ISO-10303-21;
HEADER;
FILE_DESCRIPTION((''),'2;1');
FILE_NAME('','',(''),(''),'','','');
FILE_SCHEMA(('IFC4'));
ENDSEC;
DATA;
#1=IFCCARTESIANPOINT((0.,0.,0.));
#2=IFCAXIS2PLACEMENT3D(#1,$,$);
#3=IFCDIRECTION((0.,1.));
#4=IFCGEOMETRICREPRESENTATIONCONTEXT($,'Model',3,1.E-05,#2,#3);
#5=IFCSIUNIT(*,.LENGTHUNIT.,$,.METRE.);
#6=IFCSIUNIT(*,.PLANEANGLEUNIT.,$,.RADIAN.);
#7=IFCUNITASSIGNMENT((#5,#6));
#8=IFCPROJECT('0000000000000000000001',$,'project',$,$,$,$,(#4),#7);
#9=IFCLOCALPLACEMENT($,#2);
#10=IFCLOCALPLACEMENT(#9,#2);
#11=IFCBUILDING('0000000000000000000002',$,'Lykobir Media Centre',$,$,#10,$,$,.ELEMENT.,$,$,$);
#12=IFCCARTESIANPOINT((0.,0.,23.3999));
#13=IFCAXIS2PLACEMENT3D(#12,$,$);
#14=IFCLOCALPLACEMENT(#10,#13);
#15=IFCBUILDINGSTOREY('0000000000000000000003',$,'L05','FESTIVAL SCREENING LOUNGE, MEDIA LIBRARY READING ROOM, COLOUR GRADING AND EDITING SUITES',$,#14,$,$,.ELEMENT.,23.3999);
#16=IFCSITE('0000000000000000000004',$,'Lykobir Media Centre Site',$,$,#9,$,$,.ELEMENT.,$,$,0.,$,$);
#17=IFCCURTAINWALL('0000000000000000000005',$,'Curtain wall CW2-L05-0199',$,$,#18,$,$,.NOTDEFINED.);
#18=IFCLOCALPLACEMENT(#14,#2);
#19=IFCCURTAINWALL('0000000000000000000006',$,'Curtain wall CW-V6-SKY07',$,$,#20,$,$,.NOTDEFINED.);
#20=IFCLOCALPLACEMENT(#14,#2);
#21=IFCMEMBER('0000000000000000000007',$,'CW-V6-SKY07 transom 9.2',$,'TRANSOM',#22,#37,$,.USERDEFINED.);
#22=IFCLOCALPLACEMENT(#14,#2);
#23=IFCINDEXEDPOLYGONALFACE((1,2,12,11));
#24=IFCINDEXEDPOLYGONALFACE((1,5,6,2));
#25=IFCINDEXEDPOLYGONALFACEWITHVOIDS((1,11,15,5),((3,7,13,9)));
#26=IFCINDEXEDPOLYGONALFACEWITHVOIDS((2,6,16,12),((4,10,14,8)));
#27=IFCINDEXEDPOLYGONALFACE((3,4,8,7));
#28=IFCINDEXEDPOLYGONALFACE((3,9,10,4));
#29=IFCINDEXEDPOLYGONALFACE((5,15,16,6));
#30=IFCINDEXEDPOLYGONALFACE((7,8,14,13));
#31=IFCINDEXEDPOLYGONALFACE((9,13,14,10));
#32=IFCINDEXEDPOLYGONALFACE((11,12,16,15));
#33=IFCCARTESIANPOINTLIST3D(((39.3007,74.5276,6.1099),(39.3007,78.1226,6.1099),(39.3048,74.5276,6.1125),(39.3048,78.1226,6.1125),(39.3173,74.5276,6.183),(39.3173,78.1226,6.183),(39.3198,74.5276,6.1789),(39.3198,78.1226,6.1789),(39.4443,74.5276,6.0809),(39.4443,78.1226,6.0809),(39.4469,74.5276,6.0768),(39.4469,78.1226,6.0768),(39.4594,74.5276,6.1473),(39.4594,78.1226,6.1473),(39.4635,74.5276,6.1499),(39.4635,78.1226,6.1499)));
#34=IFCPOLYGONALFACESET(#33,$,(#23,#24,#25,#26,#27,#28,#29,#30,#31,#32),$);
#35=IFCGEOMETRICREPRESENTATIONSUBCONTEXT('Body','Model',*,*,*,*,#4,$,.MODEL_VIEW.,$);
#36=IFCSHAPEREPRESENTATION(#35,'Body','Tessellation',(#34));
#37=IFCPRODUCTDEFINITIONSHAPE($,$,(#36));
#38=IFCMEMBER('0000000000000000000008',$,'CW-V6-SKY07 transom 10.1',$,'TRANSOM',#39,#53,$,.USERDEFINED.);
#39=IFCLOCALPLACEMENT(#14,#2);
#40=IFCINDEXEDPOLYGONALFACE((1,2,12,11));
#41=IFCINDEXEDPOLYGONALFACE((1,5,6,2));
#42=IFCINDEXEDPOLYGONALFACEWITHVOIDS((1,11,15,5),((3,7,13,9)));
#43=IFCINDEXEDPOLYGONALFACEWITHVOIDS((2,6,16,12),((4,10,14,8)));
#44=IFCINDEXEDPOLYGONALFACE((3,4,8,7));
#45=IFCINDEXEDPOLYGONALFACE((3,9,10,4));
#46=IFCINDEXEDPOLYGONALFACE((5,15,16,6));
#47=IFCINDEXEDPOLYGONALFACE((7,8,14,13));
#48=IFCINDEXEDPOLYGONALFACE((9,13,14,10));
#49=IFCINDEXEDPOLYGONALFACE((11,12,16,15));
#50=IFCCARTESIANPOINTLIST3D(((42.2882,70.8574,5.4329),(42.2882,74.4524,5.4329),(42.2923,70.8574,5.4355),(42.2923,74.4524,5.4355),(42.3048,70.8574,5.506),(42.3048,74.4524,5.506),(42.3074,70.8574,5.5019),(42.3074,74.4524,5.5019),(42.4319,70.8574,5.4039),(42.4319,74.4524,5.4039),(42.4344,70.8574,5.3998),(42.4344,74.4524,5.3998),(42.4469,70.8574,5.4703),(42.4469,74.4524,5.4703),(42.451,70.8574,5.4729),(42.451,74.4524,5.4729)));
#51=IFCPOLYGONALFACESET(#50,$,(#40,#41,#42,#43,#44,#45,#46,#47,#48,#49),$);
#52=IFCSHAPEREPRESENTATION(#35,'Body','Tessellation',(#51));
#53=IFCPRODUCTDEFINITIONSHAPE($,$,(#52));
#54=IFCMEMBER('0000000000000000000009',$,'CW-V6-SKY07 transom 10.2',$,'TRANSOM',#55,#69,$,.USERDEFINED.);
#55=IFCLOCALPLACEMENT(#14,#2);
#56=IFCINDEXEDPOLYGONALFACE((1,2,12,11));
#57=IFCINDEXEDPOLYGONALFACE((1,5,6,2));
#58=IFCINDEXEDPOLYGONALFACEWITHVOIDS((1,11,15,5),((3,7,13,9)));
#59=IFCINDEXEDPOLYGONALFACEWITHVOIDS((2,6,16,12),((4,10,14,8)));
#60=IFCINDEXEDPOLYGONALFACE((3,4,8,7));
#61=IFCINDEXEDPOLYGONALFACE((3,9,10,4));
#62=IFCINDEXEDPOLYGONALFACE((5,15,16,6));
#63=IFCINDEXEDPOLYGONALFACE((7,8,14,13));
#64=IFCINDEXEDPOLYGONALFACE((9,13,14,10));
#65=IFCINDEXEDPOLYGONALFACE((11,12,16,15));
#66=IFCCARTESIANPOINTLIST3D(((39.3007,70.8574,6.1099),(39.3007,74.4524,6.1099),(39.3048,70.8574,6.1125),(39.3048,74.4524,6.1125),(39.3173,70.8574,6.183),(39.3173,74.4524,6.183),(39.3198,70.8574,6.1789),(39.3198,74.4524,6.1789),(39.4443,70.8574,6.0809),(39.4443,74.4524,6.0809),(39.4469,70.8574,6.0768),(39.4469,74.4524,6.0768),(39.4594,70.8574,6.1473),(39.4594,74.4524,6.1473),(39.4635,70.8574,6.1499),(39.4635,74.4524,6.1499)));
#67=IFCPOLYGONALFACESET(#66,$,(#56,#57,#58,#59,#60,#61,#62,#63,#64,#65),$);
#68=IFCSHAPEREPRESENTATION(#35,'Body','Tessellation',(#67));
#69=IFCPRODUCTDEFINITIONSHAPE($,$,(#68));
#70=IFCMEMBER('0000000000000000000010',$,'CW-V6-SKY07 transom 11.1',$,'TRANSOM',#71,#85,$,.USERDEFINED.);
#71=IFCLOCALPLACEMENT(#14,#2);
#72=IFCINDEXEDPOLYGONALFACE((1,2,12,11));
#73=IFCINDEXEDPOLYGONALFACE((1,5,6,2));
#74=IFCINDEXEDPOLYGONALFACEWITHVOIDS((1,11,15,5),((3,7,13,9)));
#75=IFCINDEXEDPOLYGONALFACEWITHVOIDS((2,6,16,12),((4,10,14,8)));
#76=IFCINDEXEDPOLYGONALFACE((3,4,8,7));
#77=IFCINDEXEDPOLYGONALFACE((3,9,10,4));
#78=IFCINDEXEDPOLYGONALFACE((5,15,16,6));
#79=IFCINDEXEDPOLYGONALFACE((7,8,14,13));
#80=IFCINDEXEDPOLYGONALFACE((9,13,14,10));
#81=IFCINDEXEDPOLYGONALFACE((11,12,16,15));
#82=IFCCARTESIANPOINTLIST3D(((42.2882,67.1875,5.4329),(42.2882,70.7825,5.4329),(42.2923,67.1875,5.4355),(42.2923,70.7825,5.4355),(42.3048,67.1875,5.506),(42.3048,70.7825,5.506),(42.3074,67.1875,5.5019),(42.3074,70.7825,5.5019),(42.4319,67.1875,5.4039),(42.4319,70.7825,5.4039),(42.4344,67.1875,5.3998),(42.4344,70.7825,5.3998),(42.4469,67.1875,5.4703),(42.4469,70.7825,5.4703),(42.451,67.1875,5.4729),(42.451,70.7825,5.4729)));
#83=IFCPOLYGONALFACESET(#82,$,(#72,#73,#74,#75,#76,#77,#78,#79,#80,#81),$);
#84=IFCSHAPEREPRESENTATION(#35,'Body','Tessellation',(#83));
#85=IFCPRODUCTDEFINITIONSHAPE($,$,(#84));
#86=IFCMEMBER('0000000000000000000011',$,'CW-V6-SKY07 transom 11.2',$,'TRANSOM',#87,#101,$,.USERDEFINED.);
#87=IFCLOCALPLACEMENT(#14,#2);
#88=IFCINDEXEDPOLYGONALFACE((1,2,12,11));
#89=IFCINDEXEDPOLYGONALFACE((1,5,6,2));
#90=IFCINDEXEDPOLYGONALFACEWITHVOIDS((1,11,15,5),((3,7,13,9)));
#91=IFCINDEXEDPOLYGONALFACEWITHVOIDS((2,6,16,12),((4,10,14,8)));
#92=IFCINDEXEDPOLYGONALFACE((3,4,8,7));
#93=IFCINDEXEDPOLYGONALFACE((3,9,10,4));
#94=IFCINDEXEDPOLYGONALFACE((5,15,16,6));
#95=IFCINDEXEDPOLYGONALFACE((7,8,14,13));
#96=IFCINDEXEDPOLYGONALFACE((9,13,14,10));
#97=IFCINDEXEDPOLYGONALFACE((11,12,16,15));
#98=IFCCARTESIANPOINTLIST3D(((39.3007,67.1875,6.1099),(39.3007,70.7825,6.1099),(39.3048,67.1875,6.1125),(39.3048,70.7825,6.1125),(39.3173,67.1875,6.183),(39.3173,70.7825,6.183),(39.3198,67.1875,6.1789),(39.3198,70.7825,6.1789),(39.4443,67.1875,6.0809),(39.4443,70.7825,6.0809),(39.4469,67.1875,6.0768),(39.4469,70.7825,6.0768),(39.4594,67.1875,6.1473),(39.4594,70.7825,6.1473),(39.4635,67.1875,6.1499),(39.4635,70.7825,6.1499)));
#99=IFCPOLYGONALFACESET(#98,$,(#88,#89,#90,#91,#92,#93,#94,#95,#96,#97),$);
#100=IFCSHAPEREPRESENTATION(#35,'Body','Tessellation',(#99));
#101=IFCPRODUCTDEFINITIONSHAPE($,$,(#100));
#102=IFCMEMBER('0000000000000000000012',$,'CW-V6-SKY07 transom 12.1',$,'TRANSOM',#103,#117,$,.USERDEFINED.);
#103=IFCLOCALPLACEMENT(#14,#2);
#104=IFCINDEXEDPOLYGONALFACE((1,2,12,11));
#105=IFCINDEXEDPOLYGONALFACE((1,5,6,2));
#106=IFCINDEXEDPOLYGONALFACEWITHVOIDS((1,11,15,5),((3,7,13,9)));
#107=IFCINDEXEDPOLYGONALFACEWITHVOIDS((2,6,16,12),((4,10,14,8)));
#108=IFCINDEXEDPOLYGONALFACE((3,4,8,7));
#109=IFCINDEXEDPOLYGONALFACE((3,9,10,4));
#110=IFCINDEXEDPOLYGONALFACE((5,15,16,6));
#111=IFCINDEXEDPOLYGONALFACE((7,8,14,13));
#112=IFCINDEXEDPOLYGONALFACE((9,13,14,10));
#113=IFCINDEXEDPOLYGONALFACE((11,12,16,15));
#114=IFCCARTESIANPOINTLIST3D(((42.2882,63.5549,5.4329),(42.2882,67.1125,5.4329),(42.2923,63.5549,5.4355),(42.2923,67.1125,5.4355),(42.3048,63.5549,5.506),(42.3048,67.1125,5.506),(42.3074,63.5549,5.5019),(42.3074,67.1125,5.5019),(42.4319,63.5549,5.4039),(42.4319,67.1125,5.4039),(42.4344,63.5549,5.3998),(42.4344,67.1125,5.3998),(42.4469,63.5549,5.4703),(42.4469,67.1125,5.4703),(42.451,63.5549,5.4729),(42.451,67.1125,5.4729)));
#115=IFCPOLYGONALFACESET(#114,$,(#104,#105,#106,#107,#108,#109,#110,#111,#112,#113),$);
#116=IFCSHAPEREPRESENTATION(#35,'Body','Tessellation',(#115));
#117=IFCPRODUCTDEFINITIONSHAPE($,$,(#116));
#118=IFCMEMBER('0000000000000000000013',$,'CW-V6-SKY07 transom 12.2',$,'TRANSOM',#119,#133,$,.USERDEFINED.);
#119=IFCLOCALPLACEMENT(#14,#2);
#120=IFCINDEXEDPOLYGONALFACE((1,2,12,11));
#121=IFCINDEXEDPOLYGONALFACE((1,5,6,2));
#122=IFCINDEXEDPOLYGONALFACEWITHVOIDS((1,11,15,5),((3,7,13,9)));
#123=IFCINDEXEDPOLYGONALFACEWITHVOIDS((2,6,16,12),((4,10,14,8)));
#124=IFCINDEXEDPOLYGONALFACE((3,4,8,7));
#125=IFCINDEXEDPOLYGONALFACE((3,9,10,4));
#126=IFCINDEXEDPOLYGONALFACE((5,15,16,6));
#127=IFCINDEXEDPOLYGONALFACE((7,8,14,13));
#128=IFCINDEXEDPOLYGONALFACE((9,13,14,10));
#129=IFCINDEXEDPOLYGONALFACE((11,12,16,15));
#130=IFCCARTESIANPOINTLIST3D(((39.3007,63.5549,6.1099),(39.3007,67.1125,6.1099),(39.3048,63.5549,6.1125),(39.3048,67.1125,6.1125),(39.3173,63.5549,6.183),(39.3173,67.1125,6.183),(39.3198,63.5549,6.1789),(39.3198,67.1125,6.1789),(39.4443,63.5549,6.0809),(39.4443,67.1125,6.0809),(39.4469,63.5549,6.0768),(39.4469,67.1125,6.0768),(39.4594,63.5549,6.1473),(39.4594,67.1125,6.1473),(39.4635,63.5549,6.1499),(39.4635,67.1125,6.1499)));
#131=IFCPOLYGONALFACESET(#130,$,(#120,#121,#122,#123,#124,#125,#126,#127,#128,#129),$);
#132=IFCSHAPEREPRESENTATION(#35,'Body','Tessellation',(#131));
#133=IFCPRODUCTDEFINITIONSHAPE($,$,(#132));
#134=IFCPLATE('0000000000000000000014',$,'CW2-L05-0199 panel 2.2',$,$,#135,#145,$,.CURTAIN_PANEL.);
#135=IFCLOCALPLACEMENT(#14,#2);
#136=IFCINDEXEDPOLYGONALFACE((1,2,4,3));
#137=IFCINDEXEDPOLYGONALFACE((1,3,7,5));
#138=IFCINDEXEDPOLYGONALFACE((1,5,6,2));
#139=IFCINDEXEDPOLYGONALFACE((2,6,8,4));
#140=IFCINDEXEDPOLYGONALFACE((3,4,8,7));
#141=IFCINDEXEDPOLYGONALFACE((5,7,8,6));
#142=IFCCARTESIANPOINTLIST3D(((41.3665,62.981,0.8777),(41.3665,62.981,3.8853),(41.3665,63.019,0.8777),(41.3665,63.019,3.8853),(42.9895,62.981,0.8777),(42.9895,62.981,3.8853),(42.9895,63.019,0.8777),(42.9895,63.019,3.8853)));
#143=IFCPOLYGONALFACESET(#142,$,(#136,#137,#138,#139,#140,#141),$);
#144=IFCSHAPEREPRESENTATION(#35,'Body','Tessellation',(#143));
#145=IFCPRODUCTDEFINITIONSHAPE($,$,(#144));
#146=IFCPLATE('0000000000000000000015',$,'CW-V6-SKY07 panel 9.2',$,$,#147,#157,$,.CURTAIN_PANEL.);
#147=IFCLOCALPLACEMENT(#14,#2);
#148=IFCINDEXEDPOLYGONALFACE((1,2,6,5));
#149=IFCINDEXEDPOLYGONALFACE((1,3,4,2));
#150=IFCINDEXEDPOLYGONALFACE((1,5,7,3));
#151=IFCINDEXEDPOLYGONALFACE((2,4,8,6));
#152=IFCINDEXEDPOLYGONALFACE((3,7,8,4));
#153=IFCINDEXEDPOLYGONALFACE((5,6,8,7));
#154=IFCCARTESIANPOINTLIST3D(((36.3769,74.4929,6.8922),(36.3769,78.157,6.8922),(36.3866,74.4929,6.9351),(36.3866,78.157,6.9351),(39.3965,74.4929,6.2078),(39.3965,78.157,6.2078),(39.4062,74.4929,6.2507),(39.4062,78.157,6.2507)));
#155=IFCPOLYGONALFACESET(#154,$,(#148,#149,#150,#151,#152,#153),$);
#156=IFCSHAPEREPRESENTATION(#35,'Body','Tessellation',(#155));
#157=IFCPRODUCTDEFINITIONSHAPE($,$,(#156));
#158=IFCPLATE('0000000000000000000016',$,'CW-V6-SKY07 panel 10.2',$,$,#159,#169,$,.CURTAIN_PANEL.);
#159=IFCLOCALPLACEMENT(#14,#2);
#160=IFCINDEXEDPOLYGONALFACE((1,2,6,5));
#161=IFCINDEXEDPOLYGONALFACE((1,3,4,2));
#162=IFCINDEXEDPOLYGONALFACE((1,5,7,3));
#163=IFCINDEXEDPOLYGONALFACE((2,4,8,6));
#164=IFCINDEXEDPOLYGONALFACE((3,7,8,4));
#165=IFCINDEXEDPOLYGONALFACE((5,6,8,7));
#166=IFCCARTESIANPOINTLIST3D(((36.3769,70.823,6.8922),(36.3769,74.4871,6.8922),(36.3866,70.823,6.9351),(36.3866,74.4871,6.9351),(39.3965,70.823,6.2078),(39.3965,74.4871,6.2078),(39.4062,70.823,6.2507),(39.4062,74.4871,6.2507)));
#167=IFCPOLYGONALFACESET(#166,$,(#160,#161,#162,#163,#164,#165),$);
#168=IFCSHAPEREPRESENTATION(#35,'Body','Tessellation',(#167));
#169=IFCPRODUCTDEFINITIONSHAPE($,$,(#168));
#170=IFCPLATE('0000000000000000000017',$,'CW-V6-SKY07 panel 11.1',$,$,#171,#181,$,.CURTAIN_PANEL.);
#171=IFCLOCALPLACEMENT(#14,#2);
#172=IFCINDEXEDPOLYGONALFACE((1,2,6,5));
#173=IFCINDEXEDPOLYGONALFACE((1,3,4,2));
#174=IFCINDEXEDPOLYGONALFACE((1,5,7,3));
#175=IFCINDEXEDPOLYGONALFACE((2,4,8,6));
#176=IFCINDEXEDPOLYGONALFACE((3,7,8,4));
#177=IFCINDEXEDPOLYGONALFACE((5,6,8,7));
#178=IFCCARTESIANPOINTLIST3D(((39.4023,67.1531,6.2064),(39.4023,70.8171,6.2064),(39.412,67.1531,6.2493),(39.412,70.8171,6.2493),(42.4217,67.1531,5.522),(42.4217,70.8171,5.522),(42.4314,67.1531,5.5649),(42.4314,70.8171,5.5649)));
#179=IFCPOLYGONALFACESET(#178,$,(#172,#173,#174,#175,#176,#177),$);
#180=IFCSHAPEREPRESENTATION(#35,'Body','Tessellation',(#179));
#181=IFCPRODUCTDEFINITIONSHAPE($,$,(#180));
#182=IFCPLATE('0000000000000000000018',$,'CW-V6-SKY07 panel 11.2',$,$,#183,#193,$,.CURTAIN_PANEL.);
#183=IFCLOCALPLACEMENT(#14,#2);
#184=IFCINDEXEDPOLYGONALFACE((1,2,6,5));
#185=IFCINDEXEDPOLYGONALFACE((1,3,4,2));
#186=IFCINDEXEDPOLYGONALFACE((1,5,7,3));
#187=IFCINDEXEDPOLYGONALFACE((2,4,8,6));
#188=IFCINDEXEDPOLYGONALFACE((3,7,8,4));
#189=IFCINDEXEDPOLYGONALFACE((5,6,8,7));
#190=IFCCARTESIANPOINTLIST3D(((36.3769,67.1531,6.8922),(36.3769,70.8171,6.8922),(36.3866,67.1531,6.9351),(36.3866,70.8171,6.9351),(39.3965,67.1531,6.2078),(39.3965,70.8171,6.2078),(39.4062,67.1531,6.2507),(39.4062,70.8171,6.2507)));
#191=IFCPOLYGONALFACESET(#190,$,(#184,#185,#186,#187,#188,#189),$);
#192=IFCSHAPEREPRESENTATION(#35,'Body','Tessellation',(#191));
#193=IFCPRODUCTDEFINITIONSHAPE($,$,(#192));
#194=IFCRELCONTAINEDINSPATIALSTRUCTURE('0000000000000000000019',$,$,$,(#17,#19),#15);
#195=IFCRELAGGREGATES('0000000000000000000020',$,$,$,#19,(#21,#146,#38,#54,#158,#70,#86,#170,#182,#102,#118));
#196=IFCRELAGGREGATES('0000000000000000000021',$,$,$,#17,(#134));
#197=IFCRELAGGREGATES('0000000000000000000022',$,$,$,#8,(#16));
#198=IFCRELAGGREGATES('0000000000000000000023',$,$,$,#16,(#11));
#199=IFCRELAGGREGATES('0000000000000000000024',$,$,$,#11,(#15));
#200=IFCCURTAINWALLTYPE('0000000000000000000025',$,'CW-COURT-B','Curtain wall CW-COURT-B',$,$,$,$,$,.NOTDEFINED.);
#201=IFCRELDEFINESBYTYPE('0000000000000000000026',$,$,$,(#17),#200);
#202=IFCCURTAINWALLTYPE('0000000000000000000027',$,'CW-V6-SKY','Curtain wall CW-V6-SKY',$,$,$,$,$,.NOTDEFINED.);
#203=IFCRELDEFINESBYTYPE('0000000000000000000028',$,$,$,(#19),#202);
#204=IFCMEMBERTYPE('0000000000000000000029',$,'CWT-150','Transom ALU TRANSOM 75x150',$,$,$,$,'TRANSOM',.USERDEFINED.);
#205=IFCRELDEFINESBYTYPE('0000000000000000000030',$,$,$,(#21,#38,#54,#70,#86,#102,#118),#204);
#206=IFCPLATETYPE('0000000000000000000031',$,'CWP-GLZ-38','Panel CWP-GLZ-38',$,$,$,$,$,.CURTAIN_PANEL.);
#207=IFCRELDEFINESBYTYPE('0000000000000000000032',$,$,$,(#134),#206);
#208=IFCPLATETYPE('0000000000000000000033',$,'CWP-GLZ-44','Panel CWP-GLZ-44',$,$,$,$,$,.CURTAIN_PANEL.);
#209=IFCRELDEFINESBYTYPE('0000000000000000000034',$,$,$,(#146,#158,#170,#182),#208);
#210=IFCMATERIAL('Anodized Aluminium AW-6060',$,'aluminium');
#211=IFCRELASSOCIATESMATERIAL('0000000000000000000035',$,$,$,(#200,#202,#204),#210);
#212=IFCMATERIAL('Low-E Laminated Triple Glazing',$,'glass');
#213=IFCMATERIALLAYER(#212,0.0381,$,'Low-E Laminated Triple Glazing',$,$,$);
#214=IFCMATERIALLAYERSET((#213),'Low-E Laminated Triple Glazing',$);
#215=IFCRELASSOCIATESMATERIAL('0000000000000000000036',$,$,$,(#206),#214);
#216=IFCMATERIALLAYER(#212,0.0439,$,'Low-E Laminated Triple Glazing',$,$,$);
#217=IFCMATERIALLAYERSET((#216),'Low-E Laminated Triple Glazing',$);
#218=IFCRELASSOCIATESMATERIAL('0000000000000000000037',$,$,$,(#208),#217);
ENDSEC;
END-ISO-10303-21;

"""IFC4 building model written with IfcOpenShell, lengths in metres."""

from ifc_helpers import new_model, si_unit, direction, frame, origin, origin_2d, place, context, subcontext, project, spatial, rectangle, hollow_rectangle, extrude, material, layer, layer_set, material_profile, profile_set, type_object, element, aggregate, save


model = new_model("IFC4")

# Units and contexts
model_context = context("Model", 3, precision=1e-05, world=origin(), true_north=direction((0.0, 1.0)))
body_context = subcontext(model_context, "Body", "Model", "MODEL_VIEW")
ifc_project = project(units=[si_unit("LENGTHUNIT", "METRE"), si_unit("PLANEANGLEUNIT", "RADIAN")], contexts=[model_context])

# Site, building, storey
site_placement = place(None, origin())
site = spatial("IfcSite", under=ifc_project, at=site_placement, Name="Lykobir Media Centre Site", CompositionType="ELEMENT", RefElevation=0.0)
building_placement = place(site_placement, origin())
building = spatial("IfcBuilding", under=site, at=building_placement, Name="Lykobir Media Centre", CompositionType="ELEMENT")
storey_placement = place(building_placement, frame((0.0, 0.0, 23.3999)))
storey = spatial("IfcBuildingStorey", under=building, at=storey_placement, Name="L05", Description="FESTIVAL SCREENING LOUNGE, MEDIA LIBRARY READING ROOM, COLOUR GRADING AND EDITING SUITES", CompositionType="ELEMENT", Elevation=23.3999)

# Curtain walls, members
ifc_material_1 = material(Name="Anodized Aluminium AW-6060", Category="aluminium")
curtain_wall_type_1 = type_object("IfcCurtainWallType", Name="CW-COURT-B", Description="Curtain wall CW-COURT-B", PredefinedType="NOTDEFINED", material=ifc_material_1)
curtain_wall_1_placement = place(storey_placement, origin())
curtain_wall_1 = element("IfcCurtainWall", 1, at=curtain_wall_1_placement, inside=storey, type_object=curtain_wall_type_1, Name="Curtain wall CW2-L05-0199", PredefinedType="NOTDEFINED")
curtain_wall_type_2 = type_object("IfcCurtainWallType", Name="CW-V6-SKY", Description="Curtain wall CW-V6-SKY", PredefinedType="NOTDEFINED", material=ifc_material_1)
curtain_wall_2_placement = place(storey_placement, origin())
curtain_wall_2 = element("IfcCurtainWall", 2, at=curtain_wall_2_placement, inside=storey, type_object=curtain_wall_type_2, Name="Curtain wall CW-V6-SKY07", PredefinedType="NOTDEFINED")
ifc_material_profile_1 = material_profile(ifc_material_1, hollow_rectangle(XDim=0.075, YDim=0.1499, WallThickness=0.0034, at=origin_2d()), Name="ALU TRANSOM 75x150")
ifc_profile_set_1 = profile_set([ifc_material_profile_1], Name="Anodized Aluminium AW-6060")
member_type_1 = type_object("IfcMemberType", Name="CWT-150", Description="Transom ALU TRANSOM 75x150", ElementType="TRANSOM", PredefinedType="USERDEFINED", material=ifc_profile_set_1)
member_1_placement = place(storey_placement, frame((39.3821, 78.1226, 6.1299), z_axis=(0.0, -1.0, 0.0), x_axis=(0.221055, 0.0, 0.975261)))
member_1 = element("IfcMember", 3, at=member_1_placement, type_object=member_type_1, Name="CW-V6-SKY07 transom 9.2", ObjectType="TRANSOM", PredefinedType="USERDEFINED", context=body_context, shape_type="SweptSolid", body=[
    extrude(hollow_rectangle(XDim=0.075, YDim=0.1499, WallThickness=0.0034, at=origin_2d()), origin(), (0.0, 0.0, 1.0), 3.595),
])
member_2_placement = place(storey_placement, frame((42.3696, 74.4524, 5.4529), z_axis=(0.0, -1.0, 0.0), x_axis=(0.221055, 0.0, 0.975261)))
member_2 = element("IfcMember", 4, at=member_2_placement, type_object=member_type_1, Name="CW-V6-SKY07 transom 10.1", ObjectType="TRANSOM", PredefinedType="USERDEFINED", context=body_context, shape_type="SweptSolid", body=[
    extrude(hollow_rectangle(XDim=0.075, YDim=0.1499, WallThickness=0.0034, at=origin_2d()), origin(), (0.0, 0.0, 1.0), 3.595),
])
member_3_placement = place(storey_placement, frame((39.3821, 74.4524, 6.1299), z_axis=(0.0, -1.0, 0.0), x_axis=(0.221055, 0.0, 0.975261)))
member_3 = element("IfcMember", 5, at=member_3_placement, type_object=member_type_1, Name="CW-V6-SKY07 transom 10.2", ObjectType="TRANSOM", PredefinedType="USERDEFINED", context=body_context, shape_type="SweptSolid", body=[
    extrude(hollow_rectangle(XDim=0.075, YDim=0.1499, WallThickness=0.0034, at=origin_2d()), origin(), (0.0, 0.0, 1.0), 3.595),
])
member_4_placement = place(storey_placement, frame((42.3696, 70.7825, 5.4529), z_axis=(0.0, -1.0, 0.0), x_axis=(0.221055, 0.0, 0.975261)))
member_4 = element("IfcMember", 6, at=member_4_placement, type_object=member_type_1, Name="CW-V6-SKY07 transom 11.1", ObjectType="TRANSOM", PredefinedType="USERDEFINED", context=body_context, shape_type="SweptSolid", body=[
    extrude(hollow_rectangle(XDim=0.075, YDim=0.1499, WallThickness=0.0034, at=origin_2d()), origin(), (0.0, 0.0, 1.0), 3.595),
])
member_5_placement = place(storey_placement, frame((39.3821, 70.7825, 6.1299), z_axis=(0.0, -1.0, 0.0), x_axis=(0.221055, 0.0, 0.975261)))
member_5 = element("IfcMember", 7, at=member_5_placement, type_object=member_type_1, Name="CW-V6-SKY07 transom 11.2", ObjectType="TRANSOM", PredefinedType="USERDEFINED", context=body_context, shape_type="SweptSolid", body=[
    extrude(hollow_rectangle(XDim=0.075, YDim=0.1499, WallThickness=0.0034, at=origin_2d()), origin(), (0.0, 0.0, 1.0), 3.595),
])
member_6_placement = place(storey_placement, frame((42.3696, 67.1125, 5.4529), z_axis=(0.0, -1.0, 0.0), x_axis=(0.221055, 0.0, 0.975261)))
member_6 = element("IfcMember", 8, at=member_6_placement, type_object=member_type_1, Name="CW-V6-SKY07 transom 12.1", ObjectType="TRANSOM", PredefinedType="USERDEFINED", context=body_context, shape_type="SweptSolid", body=[
    extrude(hollow_rectangle(XDim=0.075, YDim=0.1499, WallThickness=0.0034, at=origin_2d()), origin(), (0.0, 0.0, 1.0), 3.5576),
])
member_7_placement = place(storey_placement, frame((39.3821, 67.1125, 6.1299), z_axis=(0.0, -1.0, 0.0), x_axis=(0.221055, 0.0, 0.975261)))
member_7 = element("IfcMember", 9, at=member_7_placement, type_object=member_type_1, Name="CW-V6-SKY07 transom 12.2", ObjectType="TRANSOM", PredefinedType="USERDEFINED", context=body_context, shape_type="SweptSolid", body=[
    extrude(hollow_rectangle(XDim=0.075, YDim=0.1499, WallThickness=0.0034, at=origin_2d()), origin(), (0.0, 0.0, 1.0), 3.5576),
])

# Plates
ifc_material_2 = material(Name="Low-E Laminated Triple Glazing", Category="glass")
ifc_layer_1 = layer(ifc_material_2, 0.0381, Name="Low-E Laminated Triple Glazing")
ifc_layer_set_1 = layer_set([ifc_layer_1], Name="Low-E Laminated Triple Glazing")
plate_type_1 = type_object("IfcPlateType", Name="CWP-GLZ-38", Description="Panel CWP-GLZ-38", PredefinedType="CURTAIN_PANEL", material=ifc_layer_set_1)
plate_1_placement = place(storey_placement, frame((42.178, 63.0, 0.8777), z_axis=(0.0, 0.0, 1.0), x_axis=(-1.0, 0.0, 0.0)))
plate_1 = element("IfcPlate", 10, at=plate_1_placement, type_object=plate_type_1, Name="CW2-L05-0199 panel 2.2", PredefinedType="CURTAIN_PANEL", context=body_context, shape_type="SweptSolid", body=[
    extrude(rectangle(XDim=1.623, YDim=0.0381, at=origin_2d()), origin(), (0.0, 0.0, 1.0), 3.0076),
])
ifc_layer_2 = layer(ifc_material_2, 0.0439, Name="Low-E Laminated Triple Glazing")
ifc_layer_set_2 = layer_set([ifc_layer_2], Name="Low-E Laminated Triple Glazing")
plate_type_2 = type_object("IfcPlateType", Name="CWP-GLZ-44", Description="Panel CWP-GLZ-44", PredefinedType="CURTAIN_PANEL", material=ifc_layer_set_2)
plate_2_placement = place(storey_placement, frame((39.4014, 76.325, 6.2292), z_axis=(-0.975261, 0.0, 0.221055), x_axis=(0.0, -1.0, 0.0)))
plate_2 = element("IfcPlate", 11, at=plate_2_placement, type_object=plate_type_2, Name="CW-V6-SKY07 panel 9.2", PredefinedType="CURTAIN_PANEL", context=body_context, shape_type="SweptSolid", body=[
    extrude(rectangle(XDim=3.6641, YDim=0.0439, at=origin_2d()), origin(), (0.0, 0.0, 1.0), 3.0962),
])
plate_3_placement = place(storey_placement, frame((39.4014, 72.655, 6.2292), z_axis=(-0.975261, 0.0, 0.221055), x_axis=(0.0, -1.0, 0.0)))
plate_3 = element("IfcPlate", 12, at=plate_3_placement, type_object=plate_type_2, Name="CW-V6-SKY07 panel 10.2", PredefinedType="CURTAIN_PANEL", context=body_context, shape_type="SweptSolid", body=[
    extrude(rectangle(XDim=3.6641, YDim=0.0439, at=origin_2d()), origin(), (0.0, 0.0, 1.0), 3.0962),
])
plate_4_placement = place(storey_placement, frame((42.4265, 68.9851, 5.5435), z_axis=(-0.975261, 0.0, 0.221055), x_axis=(0.0, -1.0, 0.0)))
plate_4 = element("IfcPlate", 13, at=plate_4_placement, type_object=plate_type_2, Name="CW-V6-SKY07 panel 11.1", PredefinedType="CURTAIN_PANEL", context=body_context, shape_type="SweptSolid", body=[
    extrude(rectangle(XDim=3.6641, YDim=0.0439, at=origin_2d()), origin(), (0.0, 0.0, 1.0), 3.0959),
])
plate_5_placement = place(storey_placement, frame((39.4014, 68.9851, 6.2292), z_axis=(-0.975261, 0.0, 0.221055), x_axis=(0.0, -1.0, 0.0)))
plate_5 = element("IfcPlate", 14, at=plate_5_placement, type_object=plate_type_2, Name="CW-V6-SKY07 panel 11.2", PredefinedType="CURTAIN_PANEL", context=body_context, shape_type="SweptSolid", body=[
    extrude(rectangle(XDim=3.6641, YDim=0.0439, at=origin_2d()), origin(), (0.0, 0.0, 1.0), 3.0962),
])
aggregate(curtain_wall_2, [member_1, plate_2, member_2, member_3, plate_3, member_4, member_5, plate_4, plate_5, member_6, member_7])
aggregate(curtain_wall_1, [plate_1])

save(model, "model.ifc")
